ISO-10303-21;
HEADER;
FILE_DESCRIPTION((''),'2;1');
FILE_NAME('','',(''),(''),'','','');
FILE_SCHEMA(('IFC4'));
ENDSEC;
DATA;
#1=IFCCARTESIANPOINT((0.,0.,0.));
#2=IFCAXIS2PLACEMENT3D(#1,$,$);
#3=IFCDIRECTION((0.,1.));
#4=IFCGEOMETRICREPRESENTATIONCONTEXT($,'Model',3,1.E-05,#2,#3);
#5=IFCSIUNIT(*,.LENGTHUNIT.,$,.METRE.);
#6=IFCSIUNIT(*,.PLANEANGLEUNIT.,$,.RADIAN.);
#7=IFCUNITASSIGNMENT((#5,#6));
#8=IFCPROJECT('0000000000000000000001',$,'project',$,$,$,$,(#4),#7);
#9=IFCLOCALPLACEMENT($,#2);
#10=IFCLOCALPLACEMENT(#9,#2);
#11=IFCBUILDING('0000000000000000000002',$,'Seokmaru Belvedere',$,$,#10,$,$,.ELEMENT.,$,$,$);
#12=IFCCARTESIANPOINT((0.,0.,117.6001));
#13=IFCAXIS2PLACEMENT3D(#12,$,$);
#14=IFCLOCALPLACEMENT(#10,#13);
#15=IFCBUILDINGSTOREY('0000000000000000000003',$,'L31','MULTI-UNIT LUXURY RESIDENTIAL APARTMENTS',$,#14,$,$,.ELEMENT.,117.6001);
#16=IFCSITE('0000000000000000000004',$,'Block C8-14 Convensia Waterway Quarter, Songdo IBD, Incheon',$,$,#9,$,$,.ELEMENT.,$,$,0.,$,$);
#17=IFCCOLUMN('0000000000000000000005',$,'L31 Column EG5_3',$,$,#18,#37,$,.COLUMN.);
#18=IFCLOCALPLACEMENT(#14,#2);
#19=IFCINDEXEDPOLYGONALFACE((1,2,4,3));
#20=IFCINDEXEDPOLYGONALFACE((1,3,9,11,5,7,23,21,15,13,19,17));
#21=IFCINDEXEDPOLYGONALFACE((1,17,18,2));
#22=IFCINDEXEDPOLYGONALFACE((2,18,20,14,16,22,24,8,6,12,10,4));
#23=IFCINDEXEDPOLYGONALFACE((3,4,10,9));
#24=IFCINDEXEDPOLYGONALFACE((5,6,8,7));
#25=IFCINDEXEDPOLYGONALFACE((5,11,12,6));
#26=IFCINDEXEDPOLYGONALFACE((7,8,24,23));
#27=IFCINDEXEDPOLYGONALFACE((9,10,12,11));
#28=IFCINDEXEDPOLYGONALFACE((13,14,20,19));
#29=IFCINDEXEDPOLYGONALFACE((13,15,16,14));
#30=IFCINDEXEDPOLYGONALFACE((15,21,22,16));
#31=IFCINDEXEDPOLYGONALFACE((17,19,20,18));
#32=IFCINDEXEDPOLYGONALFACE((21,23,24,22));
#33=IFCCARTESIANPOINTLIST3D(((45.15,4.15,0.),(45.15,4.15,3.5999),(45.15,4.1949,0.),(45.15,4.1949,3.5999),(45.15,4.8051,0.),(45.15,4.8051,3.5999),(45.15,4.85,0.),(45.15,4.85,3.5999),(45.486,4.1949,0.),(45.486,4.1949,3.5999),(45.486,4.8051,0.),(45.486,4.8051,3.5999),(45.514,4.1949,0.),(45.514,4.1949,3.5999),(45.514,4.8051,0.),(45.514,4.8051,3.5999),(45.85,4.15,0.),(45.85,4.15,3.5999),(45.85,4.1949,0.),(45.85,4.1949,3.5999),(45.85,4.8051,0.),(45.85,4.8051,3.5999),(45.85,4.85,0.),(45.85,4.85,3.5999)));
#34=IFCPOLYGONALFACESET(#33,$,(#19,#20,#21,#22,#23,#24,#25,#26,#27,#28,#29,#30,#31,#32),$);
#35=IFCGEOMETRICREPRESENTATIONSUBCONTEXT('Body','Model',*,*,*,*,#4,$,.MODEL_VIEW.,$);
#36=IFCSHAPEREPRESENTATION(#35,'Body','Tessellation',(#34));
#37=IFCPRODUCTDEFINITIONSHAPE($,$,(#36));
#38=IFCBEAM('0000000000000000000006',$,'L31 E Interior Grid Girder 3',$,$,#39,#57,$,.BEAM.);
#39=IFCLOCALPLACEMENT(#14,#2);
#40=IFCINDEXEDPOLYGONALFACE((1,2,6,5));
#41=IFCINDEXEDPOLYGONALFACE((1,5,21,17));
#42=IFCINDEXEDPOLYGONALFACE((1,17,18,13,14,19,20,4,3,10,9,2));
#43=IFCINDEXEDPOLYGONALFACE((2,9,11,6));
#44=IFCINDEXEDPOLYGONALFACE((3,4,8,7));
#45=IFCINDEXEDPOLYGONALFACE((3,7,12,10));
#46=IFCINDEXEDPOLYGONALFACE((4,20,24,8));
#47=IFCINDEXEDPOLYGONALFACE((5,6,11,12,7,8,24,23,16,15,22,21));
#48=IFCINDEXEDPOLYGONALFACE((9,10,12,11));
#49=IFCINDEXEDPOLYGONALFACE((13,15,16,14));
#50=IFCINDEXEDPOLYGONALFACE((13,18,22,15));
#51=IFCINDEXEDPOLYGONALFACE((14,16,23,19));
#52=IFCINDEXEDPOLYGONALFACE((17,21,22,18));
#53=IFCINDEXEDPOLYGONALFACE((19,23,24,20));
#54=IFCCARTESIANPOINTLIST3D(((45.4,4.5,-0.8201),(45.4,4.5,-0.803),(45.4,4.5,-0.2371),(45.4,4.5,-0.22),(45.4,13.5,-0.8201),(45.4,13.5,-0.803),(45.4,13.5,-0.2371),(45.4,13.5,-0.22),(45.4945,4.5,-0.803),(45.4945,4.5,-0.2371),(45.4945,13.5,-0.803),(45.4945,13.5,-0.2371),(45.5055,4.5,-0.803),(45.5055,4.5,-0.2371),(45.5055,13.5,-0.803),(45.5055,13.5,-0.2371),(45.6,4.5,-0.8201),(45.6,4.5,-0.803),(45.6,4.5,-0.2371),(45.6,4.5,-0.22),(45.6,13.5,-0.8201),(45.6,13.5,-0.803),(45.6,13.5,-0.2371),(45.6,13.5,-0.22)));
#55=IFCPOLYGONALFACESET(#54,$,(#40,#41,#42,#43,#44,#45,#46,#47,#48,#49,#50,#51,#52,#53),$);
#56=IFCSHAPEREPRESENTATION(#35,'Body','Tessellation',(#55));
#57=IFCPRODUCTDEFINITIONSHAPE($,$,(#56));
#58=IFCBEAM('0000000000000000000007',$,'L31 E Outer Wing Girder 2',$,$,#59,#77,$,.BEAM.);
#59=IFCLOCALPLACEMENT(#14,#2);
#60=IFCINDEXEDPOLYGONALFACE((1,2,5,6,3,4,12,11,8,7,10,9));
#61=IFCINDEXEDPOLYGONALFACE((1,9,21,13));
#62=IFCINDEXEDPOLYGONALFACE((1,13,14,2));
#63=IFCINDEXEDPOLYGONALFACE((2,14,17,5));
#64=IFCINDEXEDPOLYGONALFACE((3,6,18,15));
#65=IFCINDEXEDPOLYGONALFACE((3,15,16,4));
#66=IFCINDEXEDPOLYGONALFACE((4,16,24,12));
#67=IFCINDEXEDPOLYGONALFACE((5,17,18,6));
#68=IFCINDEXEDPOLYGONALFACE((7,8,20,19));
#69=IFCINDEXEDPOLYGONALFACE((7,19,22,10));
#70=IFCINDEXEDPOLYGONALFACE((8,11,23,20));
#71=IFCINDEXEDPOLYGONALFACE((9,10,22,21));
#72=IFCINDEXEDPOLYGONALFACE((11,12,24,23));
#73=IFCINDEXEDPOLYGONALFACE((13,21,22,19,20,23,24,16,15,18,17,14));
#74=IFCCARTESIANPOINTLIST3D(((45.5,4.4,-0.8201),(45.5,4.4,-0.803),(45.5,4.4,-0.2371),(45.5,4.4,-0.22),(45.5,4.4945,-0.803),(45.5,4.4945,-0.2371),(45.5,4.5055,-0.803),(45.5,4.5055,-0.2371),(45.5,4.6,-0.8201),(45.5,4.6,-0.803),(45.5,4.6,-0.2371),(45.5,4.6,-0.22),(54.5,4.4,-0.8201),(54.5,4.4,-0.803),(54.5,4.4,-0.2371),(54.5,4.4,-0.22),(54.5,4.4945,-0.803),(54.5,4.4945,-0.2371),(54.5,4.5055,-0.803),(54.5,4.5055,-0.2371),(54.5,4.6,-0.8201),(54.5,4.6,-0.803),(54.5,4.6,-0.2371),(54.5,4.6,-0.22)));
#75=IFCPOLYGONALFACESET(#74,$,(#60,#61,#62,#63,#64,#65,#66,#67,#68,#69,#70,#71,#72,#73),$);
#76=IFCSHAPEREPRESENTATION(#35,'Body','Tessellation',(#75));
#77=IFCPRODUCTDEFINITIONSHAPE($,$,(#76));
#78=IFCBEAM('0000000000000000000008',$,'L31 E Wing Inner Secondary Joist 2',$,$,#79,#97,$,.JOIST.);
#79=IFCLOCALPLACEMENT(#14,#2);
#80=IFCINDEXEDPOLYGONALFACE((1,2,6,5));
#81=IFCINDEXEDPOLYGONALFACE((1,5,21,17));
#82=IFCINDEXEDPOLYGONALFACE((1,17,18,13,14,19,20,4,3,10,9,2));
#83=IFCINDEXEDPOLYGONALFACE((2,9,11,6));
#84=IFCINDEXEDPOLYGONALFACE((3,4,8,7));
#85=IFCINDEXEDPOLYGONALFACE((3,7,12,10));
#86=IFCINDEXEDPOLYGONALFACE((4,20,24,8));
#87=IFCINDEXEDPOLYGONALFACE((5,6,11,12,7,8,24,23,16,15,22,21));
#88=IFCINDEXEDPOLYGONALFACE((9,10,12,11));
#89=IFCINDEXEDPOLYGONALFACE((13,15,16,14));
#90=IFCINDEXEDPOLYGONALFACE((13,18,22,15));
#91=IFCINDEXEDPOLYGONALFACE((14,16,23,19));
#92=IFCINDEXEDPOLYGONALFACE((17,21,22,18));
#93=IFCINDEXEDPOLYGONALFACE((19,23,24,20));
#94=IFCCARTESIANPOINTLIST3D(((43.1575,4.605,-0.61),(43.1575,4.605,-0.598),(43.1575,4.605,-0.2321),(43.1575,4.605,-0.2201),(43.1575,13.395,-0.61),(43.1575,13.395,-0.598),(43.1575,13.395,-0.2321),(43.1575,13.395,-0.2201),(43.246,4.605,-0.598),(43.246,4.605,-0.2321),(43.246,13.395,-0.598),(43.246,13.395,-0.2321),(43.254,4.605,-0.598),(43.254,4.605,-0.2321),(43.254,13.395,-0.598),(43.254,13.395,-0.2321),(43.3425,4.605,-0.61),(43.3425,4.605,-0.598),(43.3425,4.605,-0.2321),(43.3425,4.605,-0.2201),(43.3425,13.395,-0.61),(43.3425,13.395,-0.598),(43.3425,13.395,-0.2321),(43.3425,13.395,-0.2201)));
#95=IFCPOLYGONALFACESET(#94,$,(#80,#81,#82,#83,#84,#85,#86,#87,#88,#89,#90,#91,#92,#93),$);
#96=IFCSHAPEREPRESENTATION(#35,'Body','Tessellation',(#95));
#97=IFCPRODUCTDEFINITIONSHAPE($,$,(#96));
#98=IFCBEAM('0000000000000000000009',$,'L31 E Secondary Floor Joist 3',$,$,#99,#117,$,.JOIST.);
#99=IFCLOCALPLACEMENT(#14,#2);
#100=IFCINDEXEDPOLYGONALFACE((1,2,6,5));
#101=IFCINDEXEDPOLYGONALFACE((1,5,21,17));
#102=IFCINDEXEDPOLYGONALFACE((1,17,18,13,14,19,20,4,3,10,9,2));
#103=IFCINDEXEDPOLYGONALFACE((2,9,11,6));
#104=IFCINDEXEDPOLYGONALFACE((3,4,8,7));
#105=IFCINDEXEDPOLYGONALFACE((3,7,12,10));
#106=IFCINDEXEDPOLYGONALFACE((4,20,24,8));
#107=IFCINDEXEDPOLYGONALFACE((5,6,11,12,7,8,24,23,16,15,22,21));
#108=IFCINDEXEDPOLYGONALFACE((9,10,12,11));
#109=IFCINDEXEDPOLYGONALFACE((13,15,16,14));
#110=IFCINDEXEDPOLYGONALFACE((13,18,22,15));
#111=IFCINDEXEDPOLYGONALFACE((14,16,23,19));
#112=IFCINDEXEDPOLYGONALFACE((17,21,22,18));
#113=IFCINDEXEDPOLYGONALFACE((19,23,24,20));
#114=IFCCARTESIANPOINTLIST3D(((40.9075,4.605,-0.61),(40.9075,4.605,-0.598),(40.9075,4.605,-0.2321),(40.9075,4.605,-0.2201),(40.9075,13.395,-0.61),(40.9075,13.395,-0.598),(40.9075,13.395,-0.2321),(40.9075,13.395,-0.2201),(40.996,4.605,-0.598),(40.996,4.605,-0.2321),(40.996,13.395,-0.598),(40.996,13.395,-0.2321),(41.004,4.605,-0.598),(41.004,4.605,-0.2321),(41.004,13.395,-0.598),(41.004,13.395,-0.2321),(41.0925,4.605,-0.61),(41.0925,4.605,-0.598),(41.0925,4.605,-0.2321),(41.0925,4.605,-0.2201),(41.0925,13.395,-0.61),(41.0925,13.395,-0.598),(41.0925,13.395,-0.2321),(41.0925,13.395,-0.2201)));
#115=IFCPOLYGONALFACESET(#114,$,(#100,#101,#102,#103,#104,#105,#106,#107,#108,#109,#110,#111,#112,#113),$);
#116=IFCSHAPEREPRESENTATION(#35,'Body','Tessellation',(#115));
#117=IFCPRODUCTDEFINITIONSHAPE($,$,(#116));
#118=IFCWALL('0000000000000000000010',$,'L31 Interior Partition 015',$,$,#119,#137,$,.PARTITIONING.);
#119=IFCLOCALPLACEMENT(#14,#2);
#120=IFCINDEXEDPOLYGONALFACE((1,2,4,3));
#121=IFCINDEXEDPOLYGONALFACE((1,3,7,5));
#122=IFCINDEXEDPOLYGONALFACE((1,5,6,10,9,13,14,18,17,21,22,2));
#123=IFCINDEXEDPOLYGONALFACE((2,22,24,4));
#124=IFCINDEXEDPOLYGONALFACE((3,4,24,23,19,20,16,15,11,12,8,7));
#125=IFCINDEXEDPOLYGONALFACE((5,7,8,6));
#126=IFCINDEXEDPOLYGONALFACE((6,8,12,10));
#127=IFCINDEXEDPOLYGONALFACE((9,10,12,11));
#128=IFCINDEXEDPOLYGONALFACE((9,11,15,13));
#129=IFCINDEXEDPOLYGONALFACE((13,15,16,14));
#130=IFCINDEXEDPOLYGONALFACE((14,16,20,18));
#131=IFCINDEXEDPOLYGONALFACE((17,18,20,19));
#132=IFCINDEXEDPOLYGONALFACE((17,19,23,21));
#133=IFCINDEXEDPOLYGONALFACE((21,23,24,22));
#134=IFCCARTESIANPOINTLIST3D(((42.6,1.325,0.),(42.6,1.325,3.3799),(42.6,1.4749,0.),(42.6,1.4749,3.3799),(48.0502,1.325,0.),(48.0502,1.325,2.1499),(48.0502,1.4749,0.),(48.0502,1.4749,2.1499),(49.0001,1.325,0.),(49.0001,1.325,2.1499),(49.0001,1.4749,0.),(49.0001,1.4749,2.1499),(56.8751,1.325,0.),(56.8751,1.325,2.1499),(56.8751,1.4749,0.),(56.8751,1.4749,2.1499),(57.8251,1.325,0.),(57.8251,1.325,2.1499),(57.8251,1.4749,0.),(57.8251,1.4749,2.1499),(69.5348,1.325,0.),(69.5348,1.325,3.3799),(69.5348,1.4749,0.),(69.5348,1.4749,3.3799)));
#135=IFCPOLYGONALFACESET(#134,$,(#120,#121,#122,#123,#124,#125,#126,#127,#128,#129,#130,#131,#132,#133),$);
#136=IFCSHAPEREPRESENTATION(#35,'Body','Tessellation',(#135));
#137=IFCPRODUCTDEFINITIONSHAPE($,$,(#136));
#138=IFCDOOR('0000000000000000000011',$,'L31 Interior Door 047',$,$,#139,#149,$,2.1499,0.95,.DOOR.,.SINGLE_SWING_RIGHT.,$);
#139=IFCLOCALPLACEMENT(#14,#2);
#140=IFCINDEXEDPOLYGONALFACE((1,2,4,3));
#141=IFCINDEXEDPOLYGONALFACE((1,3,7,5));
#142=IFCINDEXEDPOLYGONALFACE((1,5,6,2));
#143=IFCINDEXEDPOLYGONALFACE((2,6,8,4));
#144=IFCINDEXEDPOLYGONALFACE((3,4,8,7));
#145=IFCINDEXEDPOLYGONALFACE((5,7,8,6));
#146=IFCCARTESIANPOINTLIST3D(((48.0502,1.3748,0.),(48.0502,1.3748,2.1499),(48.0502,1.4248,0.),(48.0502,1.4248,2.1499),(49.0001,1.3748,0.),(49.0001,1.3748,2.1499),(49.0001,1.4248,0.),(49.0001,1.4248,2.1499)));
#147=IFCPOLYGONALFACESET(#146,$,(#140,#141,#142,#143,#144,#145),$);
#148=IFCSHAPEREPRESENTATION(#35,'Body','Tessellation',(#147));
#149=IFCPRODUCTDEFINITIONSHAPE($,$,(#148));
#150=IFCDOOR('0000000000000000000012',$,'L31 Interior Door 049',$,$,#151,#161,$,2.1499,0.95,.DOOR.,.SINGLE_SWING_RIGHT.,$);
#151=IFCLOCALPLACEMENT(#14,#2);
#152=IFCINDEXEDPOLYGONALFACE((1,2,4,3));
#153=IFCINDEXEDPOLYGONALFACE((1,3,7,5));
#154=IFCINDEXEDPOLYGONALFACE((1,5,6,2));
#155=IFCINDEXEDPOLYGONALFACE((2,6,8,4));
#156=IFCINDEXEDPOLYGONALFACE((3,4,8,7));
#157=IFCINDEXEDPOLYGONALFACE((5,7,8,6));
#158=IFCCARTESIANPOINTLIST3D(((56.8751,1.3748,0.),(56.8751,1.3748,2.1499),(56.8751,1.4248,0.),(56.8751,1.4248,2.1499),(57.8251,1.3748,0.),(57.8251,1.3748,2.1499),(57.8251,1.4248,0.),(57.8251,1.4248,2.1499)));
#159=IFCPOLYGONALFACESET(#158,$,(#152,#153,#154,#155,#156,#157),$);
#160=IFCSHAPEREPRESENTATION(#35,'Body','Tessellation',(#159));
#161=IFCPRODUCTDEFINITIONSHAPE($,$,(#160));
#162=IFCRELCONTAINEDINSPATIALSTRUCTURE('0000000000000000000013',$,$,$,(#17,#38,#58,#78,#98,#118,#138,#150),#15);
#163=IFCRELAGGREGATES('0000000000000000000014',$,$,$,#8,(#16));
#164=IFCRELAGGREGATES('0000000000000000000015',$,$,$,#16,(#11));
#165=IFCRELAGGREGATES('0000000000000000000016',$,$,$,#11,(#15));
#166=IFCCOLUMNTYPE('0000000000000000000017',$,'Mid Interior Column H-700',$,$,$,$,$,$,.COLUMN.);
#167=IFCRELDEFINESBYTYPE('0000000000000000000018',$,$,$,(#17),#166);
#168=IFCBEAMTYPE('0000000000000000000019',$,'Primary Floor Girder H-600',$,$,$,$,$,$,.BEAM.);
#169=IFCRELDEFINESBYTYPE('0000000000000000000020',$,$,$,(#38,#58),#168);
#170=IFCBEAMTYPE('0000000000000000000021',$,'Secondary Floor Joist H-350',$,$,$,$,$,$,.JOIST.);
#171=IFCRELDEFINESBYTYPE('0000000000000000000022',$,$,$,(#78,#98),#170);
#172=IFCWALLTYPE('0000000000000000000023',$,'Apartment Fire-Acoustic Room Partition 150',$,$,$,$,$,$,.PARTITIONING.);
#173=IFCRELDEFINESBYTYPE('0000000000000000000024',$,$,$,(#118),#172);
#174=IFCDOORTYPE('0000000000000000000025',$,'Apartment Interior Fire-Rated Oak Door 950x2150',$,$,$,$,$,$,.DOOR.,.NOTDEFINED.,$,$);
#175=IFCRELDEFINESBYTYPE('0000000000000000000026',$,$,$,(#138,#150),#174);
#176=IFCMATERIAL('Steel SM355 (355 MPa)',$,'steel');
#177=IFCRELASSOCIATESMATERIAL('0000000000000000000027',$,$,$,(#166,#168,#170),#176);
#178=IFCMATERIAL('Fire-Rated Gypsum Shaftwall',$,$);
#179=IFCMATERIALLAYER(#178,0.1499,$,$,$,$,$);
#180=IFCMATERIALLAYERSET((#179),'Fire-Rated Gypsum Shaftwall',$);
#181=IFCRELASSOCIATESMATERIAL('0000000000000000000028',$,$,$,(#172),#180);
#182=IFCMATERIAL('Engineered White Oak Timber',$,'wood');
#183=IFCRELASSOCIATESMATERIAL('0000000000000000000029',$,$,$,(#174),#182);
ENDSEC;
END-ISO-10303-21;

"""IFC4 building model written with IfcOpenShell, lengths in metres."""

from ifc_helpers import new_model, si_unit, direction, frame, frame_2d, origin, origin_2d, place, context, subcontext, project, spatial, rectangle, i_section, extrude, source, transform, mapped, material, layer, layer_set, material_profile, profile_set, type_object, type_shapes, element, fill, save


model = new_model("IFC4")

# Units and contexts
model_context = context("Model", 3, precision=1e-05, world=origin(), true_north=direction((0.0, 1.0)))
body_context = subcontext(model_context, "Body", "Model", "MODEL_VIEW")
ifc_project = project(units=[si_unit("LENGTHUNIT", "METRE"), si_unit("PLANEANGLEUNIT", "RADIAN")], contexts=[model_context])

# Site, building, storey
site_placement = place(None, origin())
site = spatial("IfcSite", under=ifc_project, at=site_placement, Name="Block C8-14 Convensia Waterway Quarter, Songdo IBD, Incheon", CompositionType="ELEMENT", RefElevation=0.0)
building_placement = place(site_placement, origin())
building = spatial("IfcBuilding", under=site, at=building_placement, Name="Seokmaru Belvedere", CompositionType="ELEMENT")
storey_placement = place(building_placement, frame((0.0, 0.0, 117.6001)))
storey = spatial("IfcBuildingStorey", under=building, at=storey_placement, Name="L31", Description="MULTI-UNIT LUXURY RESIDENTIAL APARTMENTS", CompositionType="ELEMENT", Elevation=117.6001)

# Column
ifc_material_1 = material(Name="Steel SM355 (355 MPa)", Category="steel")
ifc_material_profile_1 = material_profile(ifc_material_1, i_section(OverallWidth=0.7, OverallDepth=0.7, WebThickness=0.0281, FlangeThickness=0.0449, at=origin_2d()), Name="H-700x700x28x45")
ifc_profile_set_1 = profile_set([ifc_material_profile_1], Name="Steel SM355 (355 MPa)")
column_type = type_object("IfcColumnType", Name="Mid Interior Column H-700", PredefinedType="COLUMN", material=ifc_profile_set_1)
shared_shape_1 = source(origin(), body_context, "Body", "SweptSolid", [
    extrude(i_section(OverallWidth=0.7, OverallDepth=0.7, WebThickness=0.0281, FlangeThickness=0.0449, at=origin_2d()), origin(), (0.0, 0.0, 1.0), 3.5999),
])
type_shapes(column_type, [shared_shape_1])
column_placement = place(storey_placement, frame((45.5, 4.5, 0.0), z_axis=(0.0, 0.0, 1.0), x_axis=(1.0, 0.0, 0.0)))
element("IfcColumn", 1, at=column_placement, inside=storey, type_object=column_type, Name="L31 Column EG5_3", PredefinedType="COLUMN", context=body_context, shape_type="MappedRepresentation", body=[
    mapped(shared_shape_1, transform((0.0, 0.0, 0.0), scale=1.0)),
])

# Beams
ifc_material_profile_2 = material_profile(ifc_material_1, i_section(OverallWidth=0.2, OverallDepth=0.6001, WebThickness=0.011, FlangeThickness=0.0171, at=origin_2d()), Name="H-600x200x11x17")
ifc_profile_set_2 = profile_set([ifc_material_profile_2], Name="Steel SM355 (355 MPa)")
beam_type_1 = type_object("IfcBeamType", Name="Primary Floor Girder H-600", PredefinedType="BEAM", material=ifc_profile_set_2)
shared_shape_2 = source(origin(), body_context, "Body", "SweptSolid", [
    extrude(i_section(OverallWidth=0.2, OverallDepth=0.6001, WebThickness=0.011, FlangeThickness=0.0171, at=origin_2d()), origin(), (0.0, 0.0, 1.0), 9.0),
])
type_shapes(beam_type_1, [shared_shape_2])
for number, where, z_axis, x_axis, name in (
    (2, (45.5, 4.5, -0.52), (0.0, 1.0, 0.0), (-1.0, 0.0, 0.0), "L31 E Interior Grid Girder 3"),
    (3, (45.5, 4.5, -0.52), (1.0, 0.0, 0.0), (0.0, 1.0, 0.0), "L31 E Outer Wing Girder 2"),
):
    element("IfcBeam", number, at=place(storey_placement, frame(where, z_axis=z_axis, x_axis=x_axis)), inside=storey, type_object=beam_type_1, Name=name, PredefinedType="BEAM", context=body_context, shape_type="MappedRepresentation", body=[
        mapped(shared_shape_2, transform((0.0, 0.0, 0.0), scale=1.0)),
    ])
ifc_material_profile_3 = material_profile(ifc_material_1, i_section(OverallWidth=0.1851, OverallDepth=0.3899, WebThickness=0.0081, FlangeThickness=0.012, at=origin_2d()), Name="H-390x185x8x12")
ifc_profile_set_3 = profile_set([ifc_material_profile_3], Name="Steel SM355 (355 MPa)")
beam_type_2 = type_object("IfcBeamType", Name="Secondary Floor Joist H-350", PredefinedType="JOIST", material=ifc_profile_set_3)
shared_shape_3 = source(origin(), body_context, "Body", "SweptSolid", [
    extrude(i_section(OverallWidth=0.1851, OverallDepth=0.3899, WebThickness=0.0081, FlangeThickness=0.012, at=origin_2d()), origin(), (0.0, 0.0, 1.0), 8.79),
])
type_shapes(beam_type_2, [shared_shape_3])
for number, where, z_axis, x_axis, name in (
    (4, (43.25, 4.605, -0.415), (0.0, 1.0, 0.0), (-1.0, 0.0, 0.0), "L31 E Wing Inner Secondary Joist 2"),
    (5, (41.0, 4.605, -0.415), (0.0, 1.0, 0.0), (-1.0, 0.0, 0.0), "L31 E Secondary Floor Joist 3"),
):
    element("IfcBeam", number, at=place(storey_placement, frame(where, z_axis=z_axis, x_axis=x_axis)), inside=storey, type_object=beam_type_2, Name=name, PredefinedType="JOIST", context=body_context, shape_type="MappedRepresentation", body=[
        mapped(shared_shape_3, transform((0.0, 0.0, 0.0), scale=1.0)),
    ])

# Wall, openings, doors
ifc_material_2 = material(Name="Fire-Rated Gypsum Shaftwall")
ifc_layer_1 = layer(ifc_material_2, 0.1499)
ifc_layer_set_1 = layer_set([ifc_layer_1], Name="Fire-Rated Gypsum Shaftwall")
wall_type_1 = type_object("IfcWallType", Name="Apartment Fire-Acoustic Room Partition 150", PredefinedType="PARTITIONING", material=ifc_layer_set_1)
wall_1_placement = place(storey_placement, frame((42.6001, 1.3999, 0.0), z_axis=(0.0, 0.0, 1.0), x_axis=(1.0, 0.0, 0.0)))
wall_1 = element("IfcWall", 6, at=wall_1_placement, inside=storey, type_object=wall_type_1, Name="L31 Interior Partition 015", PredefinedType="PARTITIONING", context=body_context, shape_type="SweptSolid", body=[
    extrude(rectangle(XDim=26.9348, YDim=0.1499, at=frame_2d((13.4673, 0.0))), origin(), (0.0, 0.0, 1.0), 3.3799),
])
opening_1_placement = place(wall_1_placement, frame((5.45, 0.0, 0.0)))
opening_1 = element("IfcOpeningElement", 7, at=opening_1_placement, cuts=wall_1, PredefinedType="OPENING", context=body_context, shape_type="SweptSolid", body=[
    extrude(rectangle(XDim=0.95, YDim=2.1499, at=frame_2d((0.4751, 1.075))), frame((0.0, 0.085, 0.0), z_axis=(0.0, -1.0, 0.0), x_axis=(1.0, 0.0, 0.0)), (0.0, 0.0, 1.0), 0.1699),
])
opening_2_placement = place(wall_1_placement, frame((14.2749, 0.0, 0.0)))
opening_2 = element("IfcOpeningElement", 8, at=opening_2_placement, cuts=wall_1, PredefinedType="OPENING", context=body_context, shape_type="SweptSolid", body=[
    extrude(rectangle(XDim=0.95, YDim=2.1499, at=frame_2d((0.4751, 1.075))), frame((0.0, 0.085, 0.0), z_axis=(0.0, -1.0, 0.0), x_axis=(1.0, 0.0, 0.0)), (0.0, 0.0, 1.0), 0.1699),
])
ifc_material_3 = material(Name="Engineered White Oak Timber", Category="wood")
door_type_1 = type_object("IfcDoorType", Name="Apartment Interior Fire-Rated Oak Door 950x2150", OperationType="NOTDEFINED", PredefinedType="DOOR", material=ifc_material_3)
shared_shape_4 = source(origin(), body_context, "Body", "SweptSolid", [
    extrude(rectangle(XDim=0.95, YDim=2.1499, at=frame_2d((0.4751, 1.075))), frame((0.0, 0.0249, 0.0), z_axis=(0.0, -1.0, 0.0), x_axis=(1.0, 0.0, 0.0)), (0.0, 0.0, 1.0), 0.05),
])
type_shapes(door_type_1, [shared_shape_4])
door_1_placement = place(opening_1_placement, origin())
door_1 = element("IfcDoor", 9, at=door_1_placement, inside=storey, type_object=door_type_1, Name="L31 Interior Door 047", OperationType="SINGLE_SWING_RIGHT", OverallHeight=2.1499, OverallWidth=0.95, PredefinedType="DOOR", context=body_context, shape_type="MappedRepresentation", body=[
    mapped(shared_shape_4, transform((0.0, 0.0, 0.0), scale=1.0)),
])
fill(opening_1, door_1)
door_2_placement = place(opening_2_placement, origin())
door_2 = element("IfcDoor", 10, at=door_2_placement, inside=storey, type_object=door_type_1, Name="L31 Interior Door 049", OperationType="SINGLE_SWING_RIGHT", OverallHeight=2.1499, OverallWidth=0.95, PredefinedType="DOOR", context=body_context, shape_type="MappedRepresentation", body=[
    mapped(shared_shape_4, transform((0.0, 0.0, 0.0), scale=1.0)),
])
fill(opening_2, door_2)

save(model, "model.ifc")
